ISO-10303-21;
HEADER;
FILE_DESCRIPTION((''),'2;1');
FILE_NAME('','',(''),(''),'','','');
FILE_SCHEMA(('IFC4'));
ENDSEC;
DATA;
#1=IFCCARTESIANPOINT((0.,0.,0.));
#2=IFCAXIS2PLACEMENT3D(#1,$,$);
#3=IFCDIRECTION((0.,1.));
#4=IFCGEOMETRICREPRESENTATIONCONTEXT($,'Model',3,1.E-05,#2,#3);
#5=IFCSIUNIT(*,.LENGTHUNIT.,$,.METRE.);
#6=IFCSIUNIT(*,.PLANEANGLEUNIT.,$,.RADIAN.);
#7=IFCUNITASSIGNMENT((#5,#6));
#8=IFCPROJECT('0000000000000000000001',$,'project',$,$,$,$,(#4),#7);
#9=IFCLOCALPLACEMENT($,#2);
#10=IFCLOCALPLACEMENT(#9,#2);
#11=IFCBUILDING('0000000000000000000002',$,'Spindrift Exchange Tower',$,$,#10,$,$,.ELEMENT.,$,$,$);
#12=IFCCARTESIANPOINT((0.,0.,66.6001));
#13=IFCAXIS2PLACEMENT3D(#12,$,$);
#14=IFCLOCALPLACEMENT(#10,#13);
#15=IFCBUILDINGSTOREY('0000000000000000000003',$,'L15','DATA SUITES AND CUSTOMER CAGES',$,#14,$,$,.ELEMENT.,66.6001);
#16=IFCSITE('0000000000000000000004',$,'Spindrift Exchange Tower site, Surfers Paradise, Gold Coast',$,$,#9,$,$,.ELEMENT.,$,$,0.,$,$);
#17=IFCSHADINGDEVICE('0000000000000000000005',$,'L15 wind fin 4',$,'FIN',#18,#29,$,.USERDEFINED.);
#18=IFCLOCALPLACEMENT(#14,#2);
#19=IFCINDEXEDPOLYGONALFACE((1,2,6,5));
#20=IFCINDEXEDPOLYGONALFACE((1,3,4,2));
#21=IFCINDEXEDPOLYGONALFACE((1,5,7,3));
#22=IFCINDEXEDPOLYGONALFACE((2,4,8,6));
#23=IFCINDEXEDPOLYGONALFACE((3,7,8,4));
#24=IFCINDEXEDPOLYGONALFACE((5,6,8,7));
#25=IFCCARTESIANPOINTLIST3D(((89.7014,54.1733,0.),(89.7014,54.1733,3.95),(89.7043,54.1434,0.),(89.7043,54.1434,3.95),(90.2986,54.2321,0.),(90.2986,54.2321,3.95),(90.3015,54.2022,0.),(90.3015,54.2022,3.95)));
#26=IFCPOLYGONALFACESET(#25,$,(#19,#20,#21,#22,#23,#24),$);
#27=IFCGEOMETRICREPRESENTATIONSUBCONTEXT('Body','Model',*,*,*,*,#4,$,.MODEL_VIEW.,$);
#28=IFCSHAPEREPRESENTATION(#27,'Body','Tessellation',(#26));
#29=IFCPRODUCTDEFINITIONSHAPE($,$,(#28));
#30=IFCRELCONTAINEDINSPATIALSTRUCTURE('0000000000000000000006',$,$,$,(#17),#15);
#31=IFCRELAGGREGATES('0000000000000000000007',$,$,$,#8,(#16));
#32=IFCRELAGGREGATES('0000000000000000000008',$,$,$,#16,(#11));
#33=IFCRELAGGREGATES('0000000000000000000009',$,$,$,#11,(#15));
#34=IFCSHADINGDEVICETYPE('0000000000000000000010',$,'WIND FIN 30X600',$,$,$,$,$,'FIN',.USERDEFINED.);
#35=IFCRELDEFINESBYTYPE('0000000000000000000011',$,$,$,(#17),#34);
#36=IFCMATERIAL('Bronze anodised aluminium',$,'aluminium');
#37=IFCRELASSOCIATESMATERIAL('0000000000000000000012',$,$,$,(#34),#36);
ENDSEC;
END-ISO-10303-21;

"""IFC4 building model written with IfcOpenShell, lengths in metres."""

from ifc_helpers import new_model, si_unit, direction, frame, origin, origin_2d, place, context, subcontext, project, spatial, rectangle, extrude, source, transform, mapped, material, material_profile, profile_set, type_object, element, save


model = new_model("IFC4")

# Units and contexts
model_context = context("Model", 3, precision=1e-05, world=origin(), true_north=direction((0.0, 1.0)))
body_context = subcontext(model_context, "Body", "Model", "MODEL_VIEW")
ifc_project = project(units=[si_unit("LENGTHUNIT", "METRE"), si_unit("PLANEANGLEUNIT", "RADIAN")], contexts=[model_context])

# Site, building, storey
site_placement = place(None, origin())
site = spatial("IfcSite", under=ifc_project, at=site_placement, Name="Spindrift Exchange Tower site, Surfers Paradise, Gold Coast", CompositionType="ELEMENT", RefElevation=0.0)
building_placement = place(site_placement, origin())
building = spatial("IfcBuilding", under=site, at=building_placement, Name="Spindrift Exchange Tower", CompositionType="ELEMENT")
storey_placement = place(building_placement, frame((0.0, 0.0, 66.6001)))
storey = spatial("IfcBuildingStorey", under=building, at=storey_placement, Name="L15", Description="DATA SUITES AND CUSTOMER CAGES", CompositionType="ELEMENT", Elevation=66.6001)

# Shared definitions
ifc_material_1 = material(Name="Bronze anodised aluminium", Category="aluminium")

# Shading device
ifc_material_profile_1 = material_profile(ifc_material_1, rectangle(XDim=0.03, YDim=0.6001, at=origin_2d()), Name="WIND FIN 30X600")
ifc_profile_set_1 = profile_set([ifc_material_profile_1], Name="Bronze anodised aluminium")
shading_device_type = type_object("IfcShadingDeviceType", Name="WIND FIN 30X600", ElementType="FIN", PredefinedType="USERDEFINED", material=ifc_profile_set_1)
shared_shape_1 = source(origin(), body_context, "Body", "SweptSolid", [
    extrude(rectangle(XDim=0.03, YDim=0.6001, at=origin_2d()), origin(), (0.0, 0.0, 1.0), 3.95),
])
for number, where, z_axis, x_axis, name in (
    (1, (90.0015, 54.1877, 0.0), (0.0, 0.0, 1.0), (-0.098057, 0.995181, 0.0), "L15 wind fin 4"),
):
    element("IfcShadingDevice", number, at=place(storey_placement, frame(where, z_axis=z_axis, x_axis=x_axis)), inside=storey, type_object=shading_device_type, Name=name, ObjectType="FIN", PredefinedType="USERDEFINED", context=body_context, shape_type="MappedRepresentation", body=[
        mapped(shared_shape_1, transform((0.0, 0.0, 0.0), scale=1.0)),
    ])

save(model, "model.ifc")
